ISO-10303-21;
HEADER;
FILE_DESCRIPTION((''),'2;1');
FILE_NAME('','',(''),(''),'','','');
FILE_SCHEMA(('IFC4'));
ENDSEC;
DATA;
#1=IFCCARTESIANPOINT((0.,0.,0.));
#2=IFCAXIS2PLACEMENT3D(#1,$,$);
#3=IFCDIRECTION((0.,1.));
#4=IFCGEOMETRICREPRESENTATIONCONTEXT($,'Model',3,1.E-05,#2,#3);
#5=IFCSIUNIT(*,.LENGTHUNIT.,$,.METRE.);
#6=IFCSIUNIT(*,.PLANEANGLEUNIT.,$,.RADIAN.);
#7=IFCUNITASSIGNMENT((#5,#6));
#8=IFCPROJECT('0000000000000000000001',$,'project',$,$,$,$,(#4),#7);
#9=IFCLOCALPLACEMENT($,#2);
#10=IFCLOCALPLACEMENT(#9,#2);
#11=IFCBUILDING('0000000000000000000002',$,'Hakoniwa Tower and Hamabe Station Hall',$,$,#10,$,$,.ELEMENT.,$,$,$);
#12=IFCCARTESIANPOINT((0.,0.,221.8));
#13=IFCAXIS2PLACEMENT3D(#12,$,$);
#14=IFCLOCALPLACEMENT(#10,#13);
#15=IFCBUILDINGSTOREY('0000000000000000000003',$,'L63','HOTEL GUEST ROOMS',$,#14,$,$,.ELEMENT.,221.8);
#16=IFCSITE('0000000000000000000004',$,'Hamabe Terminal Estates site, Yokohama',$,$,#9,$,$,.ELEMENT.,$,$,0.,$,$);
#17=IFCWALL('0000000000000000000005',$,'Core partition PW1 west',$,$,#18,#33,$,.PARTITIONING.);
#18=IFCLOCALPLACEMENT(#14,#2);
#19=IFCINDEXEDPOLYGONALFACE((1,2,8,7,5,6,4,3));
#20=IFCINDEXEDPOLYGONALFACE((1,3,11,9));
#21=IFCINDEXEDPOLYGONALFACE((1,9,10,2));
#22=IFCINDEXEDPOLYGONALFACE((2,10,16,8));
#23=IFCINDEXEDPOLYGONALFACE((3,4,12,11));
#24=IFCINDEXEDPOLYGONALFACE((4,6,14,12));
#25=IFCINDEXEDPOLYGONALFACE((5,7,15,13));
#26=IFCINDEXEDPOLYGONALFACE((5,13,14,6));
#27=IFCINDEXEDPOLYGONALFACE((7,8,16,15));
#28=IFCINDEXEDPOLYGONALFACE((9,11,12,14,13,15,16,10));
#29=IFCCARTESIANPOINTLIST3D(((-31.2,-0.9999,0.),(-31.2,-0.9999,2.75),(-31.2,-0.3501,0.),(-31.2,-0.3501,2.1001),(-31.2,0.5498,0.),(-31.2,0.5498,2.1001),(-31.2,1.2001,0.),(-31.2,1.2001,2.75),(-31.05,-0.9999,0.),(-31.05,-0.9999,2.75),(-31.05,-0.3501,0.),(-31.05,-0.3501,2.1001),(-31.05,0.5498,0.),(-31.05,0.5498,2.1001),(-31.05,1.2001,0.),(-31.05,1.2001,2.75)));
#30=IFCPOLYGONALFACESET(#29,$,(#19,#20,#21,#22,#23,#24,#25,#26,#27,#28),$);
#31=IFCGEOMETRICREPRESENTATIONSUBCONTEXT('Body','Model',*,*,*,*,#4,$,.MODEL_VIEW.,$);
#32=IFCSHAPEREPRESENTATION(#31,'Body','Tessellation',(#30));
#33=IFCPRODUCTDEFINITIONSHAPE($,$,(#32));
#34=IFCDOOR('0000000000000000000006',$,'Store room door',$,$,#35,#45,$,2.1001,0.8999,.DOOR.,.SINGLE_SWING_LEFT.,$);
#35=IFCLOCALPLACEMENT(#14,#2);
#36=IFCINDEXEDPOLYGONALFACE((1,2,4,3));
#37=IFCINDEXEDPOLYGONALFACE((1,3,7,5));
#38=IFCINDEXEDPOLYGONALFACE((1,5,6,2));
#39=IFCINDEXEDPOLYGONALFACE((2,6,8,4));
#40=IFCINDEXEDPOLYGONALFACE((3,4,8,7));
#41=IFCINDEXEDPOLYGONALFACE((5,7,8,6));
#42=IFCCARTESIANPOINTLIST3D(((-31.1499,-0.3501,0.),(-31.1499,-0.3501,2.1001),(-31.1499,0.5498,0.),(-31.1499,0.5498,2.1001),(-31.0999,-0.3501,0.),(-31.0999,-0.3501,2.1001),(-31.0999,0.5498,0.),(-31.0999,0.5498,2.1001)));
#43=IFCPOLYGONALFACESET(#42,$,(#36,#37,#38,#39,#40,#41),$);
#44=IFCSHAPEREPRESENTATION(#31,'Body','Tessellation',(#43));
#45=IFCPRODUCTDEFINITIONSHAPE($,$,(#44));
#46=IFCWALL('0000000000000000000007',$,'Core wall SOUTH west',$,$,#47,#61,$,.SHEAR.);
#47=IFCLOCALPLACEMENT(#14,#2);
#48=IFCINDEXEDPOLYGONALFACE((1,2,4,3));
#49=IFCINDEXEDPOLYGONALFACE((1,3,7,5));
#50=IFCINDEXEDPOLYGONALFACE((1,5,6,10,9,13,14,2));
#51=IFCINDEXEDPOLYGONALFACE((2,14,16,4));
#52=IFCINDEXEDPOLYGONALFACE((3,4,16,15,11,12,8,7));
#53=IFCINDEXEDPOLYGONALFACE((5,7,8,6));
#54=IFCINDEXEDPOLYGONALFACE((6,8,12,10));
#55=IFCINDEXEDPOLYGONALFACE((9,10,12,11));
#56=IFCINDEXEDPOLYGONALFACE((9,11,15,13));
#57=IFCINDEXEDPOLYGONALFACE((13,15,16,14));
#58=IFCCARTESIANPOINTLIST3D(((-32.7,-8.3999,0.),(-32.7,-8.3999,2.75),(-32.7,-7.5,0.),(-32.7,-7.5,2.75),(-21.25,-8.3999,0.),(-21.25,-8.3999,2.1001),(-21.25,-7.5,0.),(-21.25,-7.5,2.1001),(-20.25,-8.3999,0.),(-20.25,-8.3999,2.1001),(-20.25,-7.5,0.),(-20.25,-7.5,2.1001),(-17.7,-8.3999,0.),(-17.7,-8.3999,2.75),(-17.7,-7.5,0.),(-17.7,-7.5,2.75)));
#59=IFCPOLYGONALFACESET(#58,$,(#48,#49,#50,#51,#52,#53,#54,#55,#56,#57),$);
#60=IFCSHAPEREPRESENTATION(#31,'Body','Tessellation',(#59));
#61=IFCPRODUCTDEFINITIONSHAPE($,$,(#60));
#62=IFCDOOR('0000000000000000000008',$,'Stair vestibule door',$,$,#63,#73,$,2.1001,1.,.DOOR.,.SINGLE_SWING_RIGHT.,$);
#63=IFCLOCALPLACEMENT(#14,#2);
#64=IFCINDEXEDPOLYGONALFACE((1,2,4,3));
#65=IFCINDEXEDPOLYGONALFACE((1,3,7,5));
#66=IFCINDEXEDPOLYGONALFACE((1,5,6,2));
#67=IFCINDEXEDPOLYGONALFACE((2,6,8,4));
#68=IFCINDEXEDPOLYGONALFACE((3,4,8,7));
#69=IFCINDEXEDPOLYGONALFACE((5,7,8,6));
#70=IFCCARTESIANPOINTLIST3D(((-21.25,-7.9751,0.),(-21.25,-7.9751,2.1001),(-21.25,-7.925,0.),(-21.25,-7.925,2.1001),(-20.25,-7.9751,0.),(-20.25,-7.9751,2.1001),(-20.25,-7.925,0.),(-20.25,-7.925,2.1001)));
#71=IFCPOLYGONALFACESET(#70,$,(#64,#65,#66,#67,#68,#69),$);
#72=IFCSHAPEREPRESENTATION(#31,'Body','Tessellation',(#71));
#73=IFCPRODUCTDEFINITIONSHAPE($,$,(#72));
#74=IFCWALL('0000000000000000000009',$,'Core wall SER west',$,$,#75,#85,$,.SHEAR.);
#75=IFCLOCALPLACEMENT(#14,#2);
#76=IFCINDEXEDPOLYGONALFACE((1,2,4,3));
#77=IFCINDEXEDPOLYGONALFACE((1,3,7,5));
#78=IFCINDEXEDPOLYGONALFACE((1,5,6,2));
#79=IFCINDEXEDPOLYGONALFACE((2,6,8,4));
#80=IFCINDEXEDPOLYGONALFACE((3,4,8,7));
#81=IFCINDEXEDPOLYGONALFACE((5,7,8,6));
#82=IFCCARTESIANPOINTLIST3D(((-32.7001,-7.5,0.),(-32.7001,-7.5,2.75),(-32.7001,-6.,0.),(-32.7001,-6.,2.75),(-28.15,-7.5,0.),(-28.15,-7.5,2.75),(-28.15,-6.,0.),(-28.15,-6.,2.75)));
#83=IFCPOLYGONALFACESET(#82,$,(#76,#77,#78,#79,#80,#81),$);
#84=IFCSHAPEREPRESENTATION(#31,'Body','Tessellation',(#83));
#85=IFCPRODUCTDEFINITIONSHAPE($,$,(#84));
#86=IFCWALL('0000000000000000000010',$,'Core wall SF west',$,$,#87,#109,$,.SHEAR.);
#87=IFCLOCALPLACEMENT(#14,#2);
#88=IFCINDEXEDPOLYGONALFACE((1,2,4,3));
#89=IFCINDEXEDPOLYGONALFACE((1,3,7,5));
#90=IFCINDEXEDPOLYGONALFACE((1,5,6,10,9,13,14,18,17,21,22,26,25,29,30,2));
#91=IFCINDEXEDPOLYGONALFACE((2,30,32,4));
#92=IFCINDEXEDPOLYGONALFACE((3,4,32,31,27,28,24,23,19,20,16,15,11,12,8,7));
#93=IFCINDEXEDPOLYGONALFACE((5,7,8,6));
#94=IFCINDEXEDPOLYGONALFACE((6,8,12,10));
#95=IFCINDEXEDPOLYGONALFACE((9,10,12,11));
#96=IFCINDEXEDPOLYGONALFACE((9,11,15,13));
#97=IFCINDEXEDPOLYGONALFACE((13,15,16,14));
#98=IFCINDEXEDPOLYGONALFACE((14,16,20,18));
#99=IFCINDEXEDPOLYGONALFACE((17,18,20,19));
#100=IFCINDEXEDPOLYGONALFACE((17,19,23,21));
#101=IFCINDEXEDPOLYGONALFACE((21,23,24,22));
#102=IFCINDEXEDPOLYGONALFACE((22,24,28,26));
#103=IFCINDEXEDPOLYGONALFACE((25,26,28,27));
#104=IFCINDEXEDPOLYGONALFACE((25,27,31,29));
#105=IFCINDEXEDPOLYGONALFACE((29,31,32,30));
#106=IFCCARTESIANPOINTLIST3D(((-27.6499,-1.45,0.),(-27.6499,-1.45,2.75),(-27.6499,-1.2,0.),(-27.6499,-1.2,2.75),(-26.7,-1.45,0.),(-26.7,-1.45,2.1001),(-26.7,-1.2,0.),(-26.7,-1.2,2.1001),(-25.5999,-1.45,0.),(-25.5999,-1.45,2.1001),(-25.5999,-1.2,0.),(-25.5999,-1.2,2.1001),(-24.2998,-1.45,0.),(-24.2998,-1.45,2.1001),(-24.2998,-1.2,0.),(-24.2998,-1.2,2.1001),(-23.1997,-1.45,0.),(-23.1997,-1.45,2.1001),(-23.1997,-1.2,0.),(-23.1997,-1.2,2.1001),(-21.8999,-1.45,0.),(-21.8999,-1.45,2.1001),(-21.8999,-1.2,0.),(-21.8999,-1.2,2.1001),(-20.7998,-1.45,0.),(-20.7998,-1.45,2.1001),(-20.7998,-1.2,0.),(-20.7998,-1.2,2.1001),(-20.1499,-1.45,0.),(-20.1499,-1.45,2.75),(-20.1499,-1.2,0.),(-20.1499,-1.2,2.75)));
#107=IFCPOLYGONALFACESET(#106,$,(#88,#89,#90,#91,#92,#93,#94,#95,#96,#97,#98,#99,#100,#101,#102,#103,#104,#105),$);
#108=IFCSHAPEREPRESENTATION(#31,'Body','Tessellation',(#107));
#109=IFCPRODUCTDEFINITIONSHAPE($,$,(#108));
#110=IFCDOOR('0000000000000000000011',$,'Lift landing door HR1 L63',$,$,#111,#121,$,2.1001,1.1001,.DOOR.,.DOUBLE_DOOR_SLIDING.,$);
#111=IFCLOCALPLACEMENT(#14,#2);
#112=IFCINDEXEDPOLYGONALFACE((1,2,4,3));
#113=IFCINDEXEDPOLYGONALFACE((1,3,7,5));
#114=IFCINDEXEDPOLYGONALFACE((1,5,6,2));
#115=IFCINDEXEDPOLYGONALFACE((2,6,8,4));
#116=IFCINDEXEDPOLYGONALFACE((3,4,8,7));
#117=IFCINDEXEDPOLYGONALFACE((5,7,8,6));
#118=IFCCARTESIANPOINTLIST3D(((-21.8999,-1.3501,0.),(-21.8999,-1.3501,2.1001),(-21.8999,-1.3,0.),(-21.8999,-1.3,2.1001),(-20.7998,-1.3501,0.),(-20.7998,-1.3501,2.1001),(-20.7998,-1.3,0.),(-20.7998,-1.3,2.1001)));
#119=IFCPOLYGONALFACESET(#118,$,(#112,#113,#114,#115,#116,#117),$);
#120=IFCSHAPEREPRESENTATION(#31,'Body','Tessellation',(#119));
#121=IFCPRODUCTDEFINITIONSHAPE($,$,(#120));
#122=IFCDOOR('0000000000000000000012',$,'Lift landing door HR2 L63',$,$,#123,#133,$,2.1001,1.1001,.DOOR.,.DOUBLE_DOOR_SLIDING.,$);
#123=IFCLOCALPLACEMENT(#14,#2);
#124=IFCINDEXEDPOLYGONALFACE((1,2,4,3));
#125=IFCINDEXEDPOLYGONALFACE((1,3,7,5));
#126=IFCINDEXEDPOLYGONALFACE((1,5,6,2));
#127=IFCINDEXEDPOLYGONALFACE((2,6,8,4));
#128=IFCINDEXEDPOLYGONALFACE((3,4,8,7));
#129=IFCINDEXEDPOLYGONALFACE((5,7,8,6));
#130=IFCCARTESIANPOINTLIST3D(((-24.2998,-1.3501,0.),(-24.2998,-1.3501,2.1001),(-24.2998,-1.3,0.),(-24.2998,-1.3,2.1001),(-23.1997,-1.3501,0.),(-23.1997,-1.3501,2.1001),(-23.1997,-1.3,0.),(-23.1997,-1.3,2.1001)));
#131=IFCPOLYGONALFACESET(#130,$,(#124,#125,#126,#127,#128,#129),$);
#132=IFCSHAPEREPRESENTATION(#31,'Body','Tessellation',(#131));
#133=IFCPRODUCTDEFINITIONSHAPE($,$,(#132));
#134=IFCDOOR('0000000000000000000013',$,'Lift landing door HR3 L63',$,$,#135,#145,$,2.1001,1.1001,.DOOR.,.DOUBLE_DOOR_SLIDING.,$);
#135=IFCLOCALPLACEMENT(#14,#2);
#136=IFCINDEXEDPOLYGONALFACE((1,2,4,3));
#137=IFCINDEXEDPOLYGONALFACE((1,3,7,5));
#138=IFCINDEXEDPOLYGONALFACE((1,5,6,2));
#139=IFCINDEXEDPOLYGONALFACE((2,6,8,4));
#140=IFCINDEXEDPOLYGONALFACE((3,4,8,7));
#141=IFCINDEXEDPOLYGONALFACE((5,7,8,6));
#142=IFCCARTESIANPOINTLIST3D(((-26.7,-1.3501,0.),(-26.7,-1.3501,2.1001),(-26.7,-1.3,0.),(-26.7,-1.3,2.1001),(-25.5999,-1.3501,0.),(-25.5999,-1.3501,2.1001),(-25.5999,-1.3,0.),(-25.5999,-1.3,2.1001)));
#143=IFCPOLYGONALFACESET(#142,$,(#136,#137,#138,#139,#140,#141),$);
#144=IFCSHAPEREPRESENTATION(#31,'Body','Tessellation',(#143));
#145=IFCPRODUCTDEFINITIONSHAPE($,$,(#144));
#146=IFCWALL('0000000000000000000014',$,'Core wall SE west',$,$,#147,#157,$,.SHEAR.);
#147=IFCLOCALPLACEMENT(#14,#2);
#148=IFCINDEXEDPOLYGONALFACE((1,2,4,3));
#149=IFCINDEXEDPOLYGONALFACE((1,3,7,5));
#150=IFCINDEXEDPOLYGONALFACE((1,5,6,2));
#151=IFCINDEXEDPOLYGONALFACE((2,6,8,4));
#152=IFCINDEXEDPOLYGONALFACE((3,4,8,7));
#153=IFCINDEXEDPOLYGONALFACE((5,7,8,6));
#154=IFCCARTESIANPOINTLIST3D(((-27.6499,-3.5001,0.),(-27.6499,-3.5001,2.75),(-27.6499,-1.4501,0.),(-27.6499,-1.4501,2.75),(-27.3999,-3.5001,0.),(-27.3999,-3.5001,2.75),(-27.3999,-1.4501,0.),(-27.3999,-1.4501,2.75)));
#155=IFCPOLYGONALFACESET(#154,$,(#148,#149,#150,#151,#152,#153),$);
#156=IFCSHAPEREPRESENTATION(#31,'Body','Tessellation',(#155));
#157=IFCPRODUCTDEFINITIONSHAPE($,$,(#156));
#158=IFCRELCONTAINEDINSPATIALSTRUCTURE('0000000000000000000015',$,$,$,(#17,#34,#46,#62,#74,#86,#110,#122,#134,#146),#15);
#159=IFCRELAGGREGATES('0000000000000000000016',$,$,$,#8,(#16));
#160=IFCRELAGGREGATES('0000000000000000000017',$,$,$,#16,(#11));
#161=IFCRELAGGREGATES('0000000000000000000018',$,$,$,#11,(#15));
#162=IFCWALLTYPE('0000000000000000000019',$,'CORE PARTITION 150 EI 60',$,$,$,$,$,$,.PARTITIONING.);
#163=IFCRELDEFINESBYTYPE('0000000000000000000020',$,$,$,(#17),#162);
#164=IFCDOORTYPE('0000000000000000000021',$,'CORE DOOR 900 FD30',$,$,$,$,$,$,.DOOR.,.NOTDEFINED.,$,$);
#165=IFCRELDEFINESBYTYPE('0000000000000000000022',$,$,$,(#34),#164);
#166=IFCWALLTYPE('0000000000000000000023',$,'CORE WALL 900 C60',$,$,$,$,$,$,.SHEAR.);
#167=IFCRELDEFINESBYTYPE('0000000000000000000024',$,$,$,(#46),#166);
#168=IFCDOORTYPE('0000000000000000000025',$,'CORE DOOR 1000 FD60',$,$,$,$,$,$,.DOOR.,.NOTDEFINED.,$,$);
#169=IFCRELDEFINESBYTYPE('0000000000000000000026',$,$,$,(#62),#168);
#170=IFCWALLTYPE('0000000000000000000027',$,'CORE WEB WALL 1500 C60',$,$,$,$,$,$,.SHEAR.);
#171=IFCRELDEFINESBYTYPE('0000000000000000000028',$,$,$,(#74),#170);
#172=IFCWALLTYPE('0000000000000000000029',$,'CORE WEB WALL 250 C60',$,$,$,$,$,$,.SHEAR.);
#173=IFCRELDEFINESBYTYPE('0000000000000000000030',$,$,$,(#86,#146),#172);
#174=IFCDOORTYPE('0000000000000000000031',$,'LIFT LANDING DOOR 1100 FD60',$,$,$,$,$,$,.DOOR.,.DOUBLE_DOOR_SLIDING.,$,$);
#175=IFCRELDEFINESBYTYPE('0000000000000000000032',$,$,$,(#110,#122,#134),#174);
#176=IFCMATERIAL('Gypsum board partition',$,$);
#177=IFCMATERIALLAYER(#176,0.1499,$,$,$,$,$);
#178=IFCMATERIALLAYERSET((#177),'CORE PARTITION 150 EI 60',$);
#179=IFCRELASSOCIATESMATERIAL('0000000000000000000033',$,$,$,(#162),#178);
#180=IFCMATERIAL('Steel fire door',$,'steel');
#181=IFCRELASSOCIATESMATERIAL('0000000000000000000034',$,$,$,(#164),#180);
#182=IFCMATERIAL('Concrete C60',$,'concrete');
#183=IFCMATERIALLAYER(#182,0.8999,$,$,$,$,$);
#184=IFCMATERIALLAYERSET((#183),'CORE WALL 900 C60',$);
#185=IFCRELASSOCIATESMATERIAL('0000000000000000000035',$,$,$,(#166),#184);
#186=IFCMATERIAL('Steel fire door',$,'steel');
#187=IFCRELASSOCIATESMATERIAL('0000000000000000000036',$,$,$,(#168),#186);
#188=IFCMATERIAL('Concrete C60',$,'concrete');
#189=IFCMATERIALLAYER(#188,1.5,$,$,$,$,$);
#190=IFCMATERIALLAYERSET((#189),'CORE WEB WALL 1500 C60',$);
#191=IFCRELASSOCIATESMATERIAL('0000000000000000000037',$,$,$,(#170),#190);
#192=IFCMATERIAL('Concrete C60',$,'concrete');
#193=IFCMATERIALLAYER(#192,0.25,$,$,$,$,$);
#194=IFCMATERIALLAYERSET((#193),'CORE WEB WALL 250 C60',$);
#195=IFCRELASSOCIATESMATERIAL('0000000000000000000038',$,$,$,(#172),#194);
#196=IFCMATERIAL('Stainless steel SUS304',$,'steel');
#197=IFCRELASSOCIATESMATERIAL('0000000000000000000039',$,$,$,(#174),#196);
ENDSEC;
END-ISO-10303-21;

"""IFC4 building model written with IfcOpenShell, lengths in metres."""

from ifc_helpers import new_model, si_unit, direction, frame, frame_2d, origin, place, context, subcontext, project, spatial, rectangle, extrude, material, layer, layer_set, type_object, element, fill, save


model = new_model("IFC4")

# Units and contexts
model_context = context("Model", 3, precision=1e-05, world=origin(), true_north=direction((0.0, 1.0)))
body_context = subcontext(model_context, "Body", "Model", "MODEL_VIEW")
ifc_project = project(units=[si_unit("LENGTHUNIT", "METRE"), si_unit("PLANEANGLEUNIT", "RADIAN")], contexts=[model_context])

# Site, building, storey
site_placement = place(None, origin())
site = spatial("IfcSite", under=ifc_project, at=site_placement, Name="Hamabe Terminal Estates site, Yokohama", CompositionType="ELEMENT", RefElevation=0.0)
building_placement = place(site_placement, origin())
building = spatial("IfcBuilding", under=site, at=building_placement, Name="Hakoniwa Tower and Hamabe Station Hall", CompositionType="ELEMENT")
storey_placement = place(building_placement, frame((0.0, 0.0, 221.8)))
storey = spatial("IfcBuildingStorey", under=building, at=storey_placement, Name="L63", Description="HOTEL GUEST ROOMS", CompositionType="ELEMENT", Elevation=221.8)

# Shared definitions
ifc_material_1 = material(Name="Gypsum board partition")
ifc_layer_1 = layer(ifc_material_1, 0.1499)
ifc_layer_set_1 = layer_set([ifc_layer_1], Name="CORE PARTITION 150 EI 60")
wall_type_1 = type_object("IfcWallType", Name="CORE PARTITION 150 EI 60", PredefinedType="PARTITIONING", material=ifc_layer_set_1)
ifc_material_2 = material(Name="Steel fire door", Category="steel")
door_type_1 = type_object("IfcDoorType", Name="CORE DOOR 900 FD30", OperationType="NOTDEFINED", PredefinedType="DOOR", material=ifc_material_2)

# Walls, openings, doors
wall_1_placement = place(storey_placement, frame((-31.125, -1.0, 0.0), z_axis=(0.0, 0.0, 1.0), x_axis=(0.0, 1.0, 0.0)))
wall_1 = element("IfcWall", 1, at=wall_1_placement, inside=storey, type_object=wall_type_1, Name="Core partition PW1 west", PredefinedType="PARTITIONING", context=body_context, shape_type="SweptSolid", body=[
    extrude(rectangle(XDim=2.2, YDim=0.1499, at=frame_2d((1.1001, 0.0))), origin(), (0.0, 0.0, 1.0), 2.75),
])
opening_1_placement = place(wall_1_placement, frame((0.6499, 0.0, 0.0)))
opening_1 = element("IfcOpeningElement", 2, at=opening_1_placement, cuts=wall_1, PredefinedType="OPENING", context=body_context, shape_type="SweptSolid", body=[
    extrude(rectangle(XDim=0.8999, YDim=2.1001, at=frame_2d((0.45, 1.05))), frame((0.0, 0.085, 0.0), z_axis=(0.0, -1.0, 0.0), x_axis=(1.0, 0.0, 0.0)), (0.0, 0.0, 1.0), 0.1699),
])
door_1_placement = place(opening_1_placement, origin())
door_1 = element("IfcDoor", 3, at=door_1_placement, inside=storey, type_object=door_type_1, Name="Store room door", OperationType="SINGLE_SWING_LEFT", OverallHeight=2.1001, OverallWidth=0.8999, PredefinedType="DOOR", context=body_context, shape_type="SweptSolid", body=[
    extrude(rectangle(XDim=0.8999, YDim=2.1001, at=frame_2d((0.45, 1.05))), frame((0.0, 0.0249, 0.0), z_axis=(0.0, -1.0, 0.0), x_axis=(1.0, 0.0, 0.0)), (0.0, 0.0, 1.0), 0.05),
])
fill(opening_1, door_1)
ifc_material_3 = material(Name="Concrete C60", Category="concrete")
ifc_layer_2 = layer(ifc_material_3, 0.8999)
ifc_layer_set_2 = layer_set([ifc_layer_2], Name="CORE WALL 900 C60")
wall_type_2 = type_object("IfcWallType", Name="CORE WALL 900 C60", PredefinedType="SHEAR", material=ifc_layer_set_2)
wall_2_placement = place(storey_placement, frame((-32.7, -7.95, 0.0), z_axis=(0.0, 0.0, 1.0), x_axis=(1.0, 0.0, 0.0)))
wall_2 = element("IfcWall", 4, at=wall_2_placement, inside=storey, type_object=wall_type_2, Name="Core wall SOUTH west", PredefinedType="SHEAR", context=body_context, shape_type="SweptSolid", body=[
    extrude(rectangle(XDim=15.0, YDim=0.8999, at=frame_2d((7.5, 0.0))), origin(), (0.0, 0.0, 1.0), 2.75),
])
opening_2_placement = place(wall_2_placement, frame((11.45, 0.0, 0.0)))
opening_2 = element("IfcOpeningElement", 5, at=opening_2_placement, cuts=wall_2, PredefinedType="OPENING", context=body_context, shape_type="SweptSolid", body=[
    extrude(rectangle(XDim=1.0, YDim=2.1001, at=frame_2d((0.5, 1.05))), frame((0.0, 0.46, 0.0), z_axis=(0.0, -1.0, 0.0), x_axis=(1.0, 0.0, 0.0)), (0.0, 0.0, 1.0), 0.9199),
])
ifc_material_4 = material(Name="Steel fire door", Category="steel")
door_type_2 = type_object("IfcDoorType", Name="CORE DOOR 1000 FD60", OperationType="NOTDEFINED", PredefinedType="DOOR", material=ifc_material_4)
door_2_placement = place(opening_2_placement, origin())
door_2 = element("IfcDoor", 6, at=door_2_placement, inside=storey, type_object=door_type_2, Name="Stair vestibule door", OperationType="SINGLE_SWING_RIGHT", OverallHeight=2.1001, OverallWidth=1.0, PredefinedType="DOOR", context=body_context, shape_type="SweptSolid", body=[
    extrude(rectangle(XDim=1.0, YDim=2.1001, at=frame_2d((0.5, 1.05))), frame((0.0, 0.0249, 0.0), z_axis=(0.0, -1.0, 0.0), x_axis=(1.0, 0.0, 0.0)), (0.0, 0.0, 1.0), 0.05),
])
fill(opening_2, door_2)

# Wall
ifc_material_5 = material(Name="Concrete C60", Category="concrete")
ifc_layer_3 = layer(ifc_material_5, 1.5)
ifc_layer_set_3 = layer_set([ifc_layer_3], Name="CORE WEB WALL 1500 C60")
wall_type_3 = type_object("IfcWallType", Name="CORE WEB WALL 1500 C60", PredefinedType="SHEAR", material=ifc_layer_set_3)
wall_3_placement = place(storey_placement, frame((-32.7, -6.75, 0.0), z_axis=(0.0, 0.0, 1.0), x_axis=(1.0, 0.0, 0.0)))
element("IfcWall", 7, at=wall_3_placement, inside=storey, type_object=wall_type_3, Name="Core wall SER west", PredefinedType="SHEAR", context=body_context, shape_type="SweptSolid", body=[
    extrude(rectangle(XDim=4.55, YDim=1.5, at=frame_2d((2.2749, 0.0))), origin(), (0.0, 0.0, 1.0), 2.75),
])

# Wall, openings, doors
ifc_material_6 = material(Name="Concrete C60", Category="concrete")
ifc_layer_4 = layer(ifc_material_6, 0.25)
ifc_layer_set_4 = layer_set([ifc_layer_4], Name="CORE WEB WALL 250 C60")
wall_type_4 = type_object("IfcWallType", Name="CORE WEB WALL 250 C60", PredefinedType="SHEAR", material=ifc_layer_set_4)
wall_4_placement = place(storey_placement, frame((-27.6499, -1.325, 0.0), z_axis=(0.0, 0.0, 1.0), x_axis=(1.0, 0.0, 0.0)))
wall_4 = element("IfcWall", 8, at=wall_4_placement, inside=storey, type_object=wall_type_4, Name="Core wall SF west", PredefinedType="SHEAR", context=body_context, shape_type="SweptSolid", body=[
    extrude(rectangle(XDim=7.5, YDim=0.25, at=frame_2d((3.75, 0.0))), origin(), (0.0, 0.0, 1.0), 2.75),
])
opening_3_placement = place(wall_4_placement, frame((5.75, 0.0, 0.0)))
opening_3 = element("IfcOpeningElement", 9, at=opening_3_placement, cuts=wall_4, PredefinedType="OPENING", context=body_context, shape_type="SweptSolid", body=[
    extrude(rectangle(XDim=1.1001, YDim=2.1001, at=frame_2d((0.55, 1.05))), frame((0.0, 0.135, 0.0), z_axis=(0.0, -1.0, 0.0), x_axis=(1.0, 0.0, 0.0)), (0.0, 0.0, 1.0), 0.27),
])
opening_4_placement = place(wall_4_placement, frame((3.3501, 0.0, 0.0)))
opening_4 = element("IfcOpeningElement", 10, at=opening_4_placement, cuts=wall_4, PredefinedType="OPENING", context=body_context, shape_type="SweptSolid", body=[
    extrude(rectangle(XDim=1.1001, YDim=2.1001, at=frame_2d((0.55, 1.05))), frame((0.0, 0.135, 0.0), z_axis=(0.0, -1.0, 0.0), x_axis=(1.0, 0.0, 0.0)), (0.0, 0.0, 1.0), 0.27),
])
opening_5_placement = place(wall_4_placement, frame((0.95, 0.0, 0.0)))
opening_5 = element("IfcOpeningElement", 11, at=opening_5_placement, cuts=wall_4, PredefinedType="OPENING", context=body_context, shape_type="SweptSolid", body=[
    extrude(rectangle(XDim=1.1001, YDim=2.1001, at=frame_2d((0.55, 1.05))), frame((0.0, 0.135, 0.0), z_axis=(0.0, -1.0, 0.0), x_axis=(1.0, 0.0, 0.0)), (0.0, 0.0, 1.0), 0.27),
])
ifc_material_7 = material(Name="Stainless steel SUS304", Category="steel")
door_type_3 = type_object("IfcDoorType", Name="LIFT LANDING DOOR 1100 FD60", OperationType="DOUBLE_DOOR_SLIDING", PredefinedType="DOOR", material=ifc_material_7)
door_3_placement = place(opening_3_placement, origin())
door_3 = element("IfcDoor", 12, at=door_3_placement, inside=storey, type_object=door_type_3, Name="Lift landing door HR1 L63", OperationType="DOUBLE_DOOR_SLIDING", OverallHeight=2.1001, OverallWidth=1.1001, PredefinedType="DOOR", context=body_context, shape_type="SweptSolid", body=[
    extrude(rectangle(XDim=1.1001, YDim=2.1001, at=frame_2d((0.55, 1.05))), frame((0.0, 0.0249, 0.0), z_axis=(0.0, -1.0, 0.0), x_axis=(1.0, 0.0, 0.0)), (0.0, 0.0, 1.0), 0.05),
])
fill(opening_3, door_3)
door_4_placement = place(opening_4_placement, origin())
door_4 = element("IfcDoor", 13, at=door_4_placement, inside=storey, type_object=door_type_3, Name="Lift landing door HR2 L63", OperationType="DOUBLE_DOOR_SLIDING", OverallHeight=2.1001, OverallWidth=1.1001, PredefinedType="DOOR", context=body_context, shape_type="SweptSolid", body=[
    extrude(rectangle(XDim=1.1001, YDim=2.1001, at=frame_2d((0.55, 1.05))), frame((0.0, 0.0249, 0.0), z_axis=(0.0, -1.0, 0.0), x_axis=(1.0, 0.0, 0.0)), (0.0, 0.0, 1.0), 0.05),
])
fill(opening_4, door_4)
door_5_placement = place(opening_5_placement, origin())
door_5 = element("IfcDoor", 14, at=door_5_placement, inside=storey, type_object=door_type_3, Name="Lift landing door HR3 L63", OperationType="DOUBLE_DOOR_SLIDING", OverallHeight=2.1001, OverallWidth=1.1001, PredefinedType="DOOR", context=body_context, shape_type="SweptSolid", body=[
    extrude(rectangle(XDim=1.1001, YDim=2.1001, at=frame_2d((0.55, 1.05))), frame((0.0, 0.0249, 0.0), z_axis=(0.0, -1.0, 0.0), x_axis=(1.0, 0.0, 0.0)), (0.0, 0.0, 1.0), 0.05),
])
fill(opening_5, door_5)

# Wall
wall_5_placement = place(storey_placement, frame((-27.5249, -3.5, 0.0), z_axis=(0.0, 0.0, 1.0), x_axis=(0.0, 1.0, 0.0)))
element("IfcWall", 15, at=wall_5_placement, inside=storey, type_object=wall_type_4, Name="Core wall SE west", PredefinedType="SHEAR", context=body_context, shape_type="SweptSolid", body=[
    extrude(rectangle(XDim=2.05, YDim=0.25, at=frame_2d((1.0249, 0.0))), origin(), (0.0, 0.0, 1.0), 2.75),
])

save(model, "model.ifc")
